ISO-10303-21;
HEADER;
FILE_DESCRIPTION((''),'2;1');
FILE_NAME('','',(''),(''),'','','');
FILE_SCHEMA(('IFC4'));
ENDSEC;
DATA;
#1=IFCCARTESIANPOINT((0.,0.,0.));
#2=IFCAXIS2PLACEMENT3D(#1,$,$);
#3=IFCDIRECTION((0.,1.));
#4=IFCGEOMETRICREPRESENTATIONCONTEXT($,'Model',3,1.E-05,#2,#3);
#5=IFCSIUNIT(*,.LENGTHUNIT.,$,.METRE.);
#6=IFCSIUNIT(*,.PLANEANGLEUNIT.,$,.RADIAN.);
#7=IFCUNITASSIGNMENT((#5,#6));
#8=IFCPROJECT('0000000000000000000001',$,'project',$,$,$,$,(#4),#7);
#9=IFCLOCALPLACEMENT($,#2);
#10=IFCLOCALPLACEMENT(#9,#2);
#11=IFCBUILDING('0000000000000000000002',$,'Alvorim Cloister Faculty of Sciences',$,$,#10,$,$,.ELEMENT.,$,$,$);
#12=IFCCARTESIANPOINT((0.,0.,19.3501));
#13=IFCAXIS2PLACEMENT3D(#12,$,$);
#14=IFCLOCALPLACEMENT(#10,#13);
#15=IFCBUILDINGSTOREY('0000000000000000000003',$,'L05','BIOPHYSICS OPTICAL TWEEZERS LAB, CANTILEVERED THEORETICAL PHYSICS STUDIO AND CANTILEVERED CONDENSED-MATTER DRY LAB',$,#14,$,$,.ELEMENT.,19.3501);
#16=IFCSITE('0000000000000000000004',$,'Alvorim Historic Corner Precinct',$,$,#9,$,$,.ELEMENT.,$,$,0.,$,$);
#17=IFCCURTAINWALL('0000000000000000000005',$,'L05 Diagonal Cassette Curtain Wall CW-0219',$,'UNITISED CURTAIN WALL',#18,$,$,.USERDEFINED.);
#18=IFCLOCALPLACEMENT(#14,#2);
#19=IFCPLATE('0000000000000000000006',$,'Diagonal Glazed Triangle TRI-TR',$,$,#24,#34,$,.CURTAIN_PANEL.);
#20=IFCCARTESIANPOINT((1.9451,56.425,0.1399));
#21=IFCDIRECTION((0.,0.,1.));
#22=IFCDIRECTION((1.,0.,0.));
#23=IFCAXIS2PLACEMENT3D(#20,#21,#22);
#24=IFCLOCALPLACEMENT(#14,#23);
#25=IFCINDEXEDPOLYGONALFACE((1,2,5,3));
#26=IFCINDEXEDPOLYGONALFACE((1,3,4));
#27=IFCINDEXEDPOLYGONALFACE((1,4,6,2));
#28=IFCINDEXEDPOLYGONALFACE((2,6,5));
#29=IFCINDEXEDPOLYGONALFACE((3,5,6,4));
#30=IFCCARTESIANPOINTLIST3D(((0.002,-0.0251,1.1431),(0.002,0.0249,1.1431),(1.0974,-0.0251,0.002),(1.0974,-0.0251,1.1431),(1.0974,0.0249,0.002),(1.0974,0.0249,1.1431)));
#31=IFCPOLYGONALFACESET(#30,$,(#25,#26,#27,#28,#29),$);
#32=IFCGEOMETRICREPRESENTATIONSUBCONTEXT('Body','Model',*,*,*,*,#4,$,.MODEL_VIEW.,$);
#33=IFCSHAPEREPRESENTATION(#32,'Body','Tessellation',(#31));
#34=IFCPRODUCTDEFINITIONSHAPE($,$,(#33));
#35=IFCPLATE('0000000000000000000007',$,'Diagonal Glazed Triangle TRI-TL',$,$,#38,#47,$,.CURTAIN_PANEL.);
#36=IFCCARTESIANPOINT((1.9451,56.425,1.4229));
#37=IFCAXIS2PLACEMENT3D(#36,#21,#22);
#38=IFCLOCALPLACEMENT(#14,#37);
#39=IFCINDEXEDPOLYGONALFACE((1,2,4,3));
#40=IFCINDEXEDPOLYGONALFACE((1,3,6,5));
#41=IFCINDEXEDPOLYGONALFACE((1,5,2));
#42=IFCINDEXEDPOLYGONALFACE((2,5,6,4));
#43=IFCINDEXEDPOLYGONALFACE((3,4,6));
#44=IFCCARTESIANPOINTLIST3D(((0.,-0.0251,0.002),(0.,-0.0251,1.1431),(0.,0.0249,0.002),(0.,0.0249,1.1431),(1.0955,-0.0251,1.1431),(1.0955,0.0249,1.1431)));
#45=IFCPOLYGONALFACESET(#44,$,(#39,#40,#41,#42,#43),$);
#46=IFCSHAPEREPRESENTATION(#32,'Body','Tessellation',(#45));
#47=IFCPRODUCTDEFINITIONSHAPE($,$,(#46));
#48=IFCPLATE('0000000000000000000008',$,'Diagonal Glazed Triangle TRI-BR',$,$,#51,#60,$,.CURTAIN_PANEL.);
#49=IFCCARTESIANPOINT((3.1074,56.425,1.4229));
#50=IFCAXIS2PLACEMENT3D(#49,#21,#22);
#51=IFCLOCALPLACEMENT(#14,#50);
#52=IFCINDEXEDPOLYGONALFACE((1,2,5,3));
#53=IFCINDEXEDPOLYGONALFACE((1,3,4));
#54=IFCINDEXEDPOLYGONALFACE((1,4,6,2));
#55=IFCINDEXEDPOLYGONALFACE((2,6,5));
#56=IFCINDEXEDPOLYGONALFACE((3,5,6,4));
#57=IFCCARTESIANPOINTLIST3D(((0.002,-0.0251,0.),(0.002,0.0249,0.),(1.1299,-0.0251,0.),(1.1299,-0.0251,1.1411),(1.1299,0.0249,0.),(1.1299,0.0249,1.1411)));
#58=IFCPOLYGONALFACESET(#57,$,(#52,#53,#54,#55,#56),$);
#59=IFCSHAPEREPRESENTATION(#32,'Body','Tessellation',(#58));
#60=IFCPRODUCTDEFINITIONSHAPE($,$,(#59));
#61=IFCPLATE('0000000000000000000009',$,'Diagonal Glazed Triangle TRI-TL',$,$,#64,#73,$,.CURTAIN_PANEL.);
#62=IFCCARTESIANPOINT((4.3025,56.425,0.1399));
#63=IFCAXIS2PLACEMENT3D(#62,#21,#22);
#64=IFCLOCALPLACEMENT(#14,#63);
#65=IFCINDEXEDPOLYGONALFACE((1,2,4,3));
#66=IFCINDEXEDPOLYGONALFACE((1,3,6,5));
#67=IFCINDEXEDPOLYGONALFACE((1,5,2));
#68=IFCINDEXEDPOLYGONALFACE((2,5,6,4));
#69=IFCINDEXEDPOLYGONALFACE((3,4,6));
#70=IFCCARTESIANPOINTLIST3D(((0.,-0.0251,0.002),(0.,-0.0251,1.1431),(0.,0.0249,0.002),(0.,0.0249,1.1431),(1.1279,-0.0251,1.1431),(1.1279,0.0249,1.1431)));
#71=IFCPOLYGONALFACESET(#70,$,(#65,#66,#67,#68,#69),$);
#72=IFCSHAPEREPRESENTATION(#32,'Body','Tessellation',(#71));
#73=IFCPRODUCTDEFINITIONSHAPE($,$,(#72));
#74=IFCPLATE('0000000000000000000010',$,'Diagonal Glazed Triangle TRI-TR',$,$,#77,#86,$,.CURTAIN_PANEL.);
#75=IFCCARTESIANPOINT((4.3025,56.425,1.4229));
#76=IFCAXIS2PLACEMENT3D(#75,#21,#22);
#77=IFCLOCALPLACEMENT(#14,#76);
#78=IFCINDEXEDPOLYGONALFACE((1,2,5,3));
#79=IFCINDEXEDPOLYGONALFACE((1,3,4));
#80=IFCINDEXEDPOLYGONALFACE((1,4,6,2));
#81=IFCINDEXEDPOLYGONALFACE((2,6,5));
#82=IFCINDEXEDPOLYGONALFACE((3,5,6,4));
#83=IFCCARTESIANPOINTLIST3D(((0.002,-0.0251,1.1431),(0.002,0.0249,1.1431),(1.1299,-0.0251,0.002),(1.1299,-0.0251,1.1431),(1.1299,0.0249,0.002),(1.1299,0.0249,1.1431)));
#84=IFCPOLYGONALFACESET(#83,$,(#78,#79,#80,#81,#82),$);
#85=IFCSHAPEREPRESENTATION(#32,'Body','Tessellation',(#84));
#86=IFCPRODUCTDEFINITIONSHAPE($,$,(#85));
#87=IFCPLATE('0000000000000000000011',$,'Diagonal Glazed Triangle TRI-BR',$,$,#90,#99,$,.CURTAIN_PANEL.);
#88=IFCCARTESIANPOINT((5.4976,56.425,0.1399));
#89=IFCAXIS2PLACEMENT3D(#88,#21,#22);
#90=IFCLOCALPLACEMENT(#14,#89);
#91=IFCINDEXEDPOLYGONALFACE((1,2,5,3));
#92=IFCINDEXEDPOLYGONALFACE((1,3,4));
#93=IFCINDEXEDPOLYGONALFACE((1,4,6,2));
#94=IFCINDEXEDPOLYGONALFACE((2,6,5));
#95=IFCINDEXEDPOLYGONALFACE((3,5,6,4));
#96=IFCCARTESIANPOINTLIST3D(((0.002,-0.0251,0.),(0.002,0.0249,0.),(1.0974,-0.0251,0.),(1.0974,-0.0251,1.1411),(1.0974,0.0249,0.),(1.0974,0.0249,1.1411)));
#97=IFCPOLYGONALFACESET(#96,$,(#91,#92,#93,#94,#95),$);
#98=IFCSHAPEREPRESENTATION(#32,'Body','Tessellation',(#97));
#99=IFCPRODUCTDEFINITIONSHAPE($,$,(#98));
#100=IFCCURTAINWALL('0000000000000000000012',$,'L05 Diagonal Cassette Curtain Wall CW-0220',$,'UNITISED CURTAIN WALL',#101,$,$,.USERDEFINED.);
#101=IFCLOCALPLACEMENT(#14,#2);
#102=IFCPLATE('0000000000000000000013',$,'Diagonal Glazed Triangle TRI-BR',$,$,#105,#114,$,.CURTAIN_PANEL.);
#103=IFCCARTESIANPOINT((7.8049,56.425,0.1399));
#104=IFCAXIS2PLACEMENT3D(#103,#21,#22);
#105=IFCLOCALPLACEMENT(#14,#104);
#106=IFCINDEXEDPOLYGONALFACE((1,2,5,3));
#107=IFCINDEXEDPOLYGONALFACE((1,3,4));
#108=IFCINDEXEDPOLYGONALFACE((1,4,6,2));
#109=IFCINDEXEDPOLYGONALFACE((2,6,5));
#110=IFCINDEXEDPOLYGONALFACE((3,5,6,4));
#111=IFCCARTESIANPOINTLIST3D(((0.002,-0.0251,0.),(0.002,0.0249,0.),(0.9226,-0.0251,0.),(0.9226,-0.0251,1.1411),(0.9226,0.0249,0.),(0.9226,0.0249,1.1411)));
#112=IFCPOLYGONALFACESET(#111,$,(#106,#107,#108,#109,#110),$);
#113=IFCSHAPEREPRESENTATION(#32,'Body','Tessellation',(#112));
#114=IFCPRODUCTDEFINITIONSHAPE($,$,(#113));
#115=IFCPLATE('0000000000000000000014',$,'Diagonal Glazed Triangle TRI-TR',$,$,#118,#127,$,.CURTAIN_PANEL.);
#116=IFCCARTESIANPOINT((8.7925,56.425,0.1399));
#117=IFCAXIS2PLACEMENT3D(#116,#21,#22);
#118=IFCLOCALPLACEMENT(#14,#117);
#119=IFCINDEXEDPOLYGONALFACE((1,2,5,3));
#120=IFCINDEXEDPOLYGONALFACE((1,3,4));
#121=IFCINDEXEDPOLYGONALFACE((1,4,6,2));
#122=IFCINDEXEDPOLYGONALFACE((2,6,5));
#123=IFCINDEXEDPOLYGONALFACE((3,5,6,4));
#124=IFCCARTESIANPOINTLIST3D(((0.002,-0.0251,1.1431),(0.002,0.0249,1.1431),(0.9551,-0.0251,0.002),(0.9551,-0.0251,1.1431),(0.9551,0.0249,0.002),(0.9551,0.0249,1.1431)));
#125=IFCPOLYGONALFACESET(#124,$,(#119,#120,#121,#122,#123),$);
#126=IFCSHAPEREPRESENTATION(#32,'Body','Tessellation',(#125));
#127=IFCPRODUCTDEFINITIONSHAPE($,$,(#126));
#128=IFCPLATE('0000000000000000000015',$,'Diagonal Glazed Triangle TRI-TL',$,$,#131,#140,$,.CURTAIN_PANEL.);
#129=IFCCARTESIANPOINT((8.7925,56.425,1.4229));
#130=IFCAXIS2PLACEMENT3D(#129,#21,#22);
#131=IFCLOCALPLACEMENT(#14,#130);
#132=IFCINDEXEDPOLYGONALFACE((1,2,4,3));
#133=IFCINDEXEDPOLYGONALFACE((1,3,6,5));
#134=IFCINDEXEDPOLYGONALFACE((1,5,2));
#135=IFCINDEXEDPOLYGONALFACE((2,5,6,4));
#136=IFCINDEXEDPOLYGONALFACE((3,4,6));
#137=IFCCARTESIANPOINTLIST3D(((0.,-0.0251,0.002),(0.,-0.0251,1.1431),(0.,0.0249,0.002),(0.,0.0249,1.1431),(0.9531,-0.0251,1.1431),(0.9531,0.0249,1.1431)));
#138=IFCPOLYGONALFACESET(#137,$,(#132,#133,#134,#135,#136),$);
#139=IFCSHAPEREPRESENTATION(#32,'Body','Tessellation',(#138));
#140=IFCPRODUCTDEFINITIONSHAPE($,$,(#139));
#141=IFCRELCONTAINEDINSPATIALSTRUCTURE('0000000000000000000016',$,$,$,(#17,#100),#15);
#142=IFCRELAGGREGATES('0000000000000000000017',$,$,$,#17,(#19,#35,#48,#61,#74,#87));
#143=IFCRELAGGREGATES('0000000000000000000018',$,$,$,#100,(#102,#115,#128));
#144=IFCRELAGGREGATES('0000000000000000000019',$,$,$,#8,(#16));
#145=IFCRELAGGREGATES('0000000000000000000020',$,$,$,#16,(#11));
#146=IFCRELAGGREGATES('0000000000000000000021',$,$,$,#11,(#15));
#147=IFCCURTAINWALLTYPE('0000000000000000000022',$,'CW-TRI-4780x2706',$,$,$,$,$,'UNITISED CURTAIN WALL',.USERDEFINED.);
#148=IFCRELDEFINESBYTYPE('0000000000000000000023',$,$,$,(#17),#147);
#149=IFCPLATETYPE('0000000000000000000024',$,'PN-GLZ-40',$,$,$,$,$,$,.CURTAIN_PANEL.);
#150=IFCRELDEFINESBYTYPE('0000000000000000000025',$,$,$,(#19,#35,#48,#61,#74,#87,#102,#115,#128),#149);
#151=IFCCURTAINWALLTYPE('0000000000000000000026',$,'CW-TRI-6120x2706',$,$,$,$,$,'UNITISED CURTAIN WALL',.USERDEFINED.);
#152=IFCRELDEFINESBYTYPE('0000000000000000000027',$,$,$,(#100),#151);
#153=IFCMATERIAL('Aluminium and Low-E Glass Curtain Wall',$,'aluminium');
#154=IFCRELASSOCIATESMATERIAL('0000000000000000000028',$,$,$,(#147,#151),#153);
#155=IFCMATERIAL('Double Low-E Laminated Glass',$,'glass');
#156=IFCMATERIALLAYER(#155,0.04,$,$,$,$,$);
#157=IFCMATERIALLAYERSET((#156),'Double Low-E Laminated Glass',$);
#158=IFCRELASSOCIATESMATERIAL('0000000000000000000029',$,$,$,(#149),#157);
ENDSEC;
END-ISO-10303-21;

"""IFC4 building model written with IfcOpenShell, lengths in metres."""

from ifc_helpers import new_model, si_unit, direction, frame, origin, place, context, subcontext, project, spatial, polyline, outline, extrude, material, layer, layer_set, type_object, element, aggregate, save


model = new_model("IFC4")

# Units and contexts
model_context = context("Model", 3, precision=1e-05, world=origin(), true_north=direction((0.0, 1.0)))
body_context = subcontext(model_context, "Body", "Model", "MODEL_VIEW")
ifc_project = project(units=[si_unit("LENGTHUNIT", "METRE"), si_unit("PLANEANGLEUNIT", "RADIAN")], contexts=[model_context])

# Site, building, storey
site_placement = place(None, origin())
site = spatial("IfcSite", under=ifc_project, at=site_placement, Name="Alvorim Historic Corner Precinct", CompositionType="ELEMENT", RefElevation=0.0)
building_placement = place(site_placement, origin())
building = spatial("IfcBuilding", under=site, at=building_placement, Name="Alvorim Cloister Faculty of Sciences", CompositionType="ELEMENT")
storey_placement = place(building_placement, frame((0.0, 0.0, 19.3501)))
storey = spatial("IfcBuildingStorey", under=building, at=storey_placement, Name="L05", Description="BIOPHYSICS OPTICAL TWEEZERS LAB, CANTILEVERED THEORETICAL PHYSICS STUDIO AND CANTILEVERED CONDENSED-MATTER DRY LAB", CompositionType="ELEMENT", Elevation=19.3501)

# Curtain walls, plates
ifc_material_1 = material(Name="Aluminium and Low-E Glass Curtain Wall", Category="aluminium")
curtain_wall_type_1 = type_object("IfcCurtainWallType", Name="CW-TRI-4780x2706", ElementType="UNITISED CURTAIN WALL", PredefinedType="USERDEFINED", material=ifc_material_1)
curtain_wall_1_placement = place(storey_placement, origin())
curtain_wall_1 = element("IfcCurtainWall", 1, at=curtain_wall_1_placement, inside=storey, type_object=curtain_wall_type_1, Name="L05 Diagonal Cassette Curtain Wall CW-0219", ObjectType="UNITISED CURTAIN WALL", PredefinedType="USERDEFINED")
ifc_material_2 = material(Name="Double Low-E Laminated Glass", Category="glass")
ifc_layer_1 = layer(ifc_material_2, 0.04)
ifc_layer_set_1 = layer_set([ifc_layer_1], Name="Double Low-E Laminated Glass")
plate_type = type_object("IfcPlateType", Name="PN-GLZ-40", PredefinedType="CURTAIN_PANEL", material=ifc_layer_set_1)
plate_1_placement = place(storey_placement, frame((1.9451, 56.425, 0.1399), z_axis=(0.0, 0.0, 1.0), x_axis=(1.0, 0.0, 0.0)))
plate_1 = element("IfcPlate", 2, at=plate_1_placement, type_object=plate_type, Name="Diagonal Glazed Triangle TRI-TR", PredefinedType="CURTAIN_PANEL", context=body_context, shape_type="SweptSolid", body=[
    extrude(outline(polyline([(1.0974, 0.002), (1.0974, 1.1431), (0.002, 1.1431), (1.0974, 0.002)])), frame((0.0, 0.0249, 0.0), z_axis=(0.0, -1.0, 0.0), x_axis=(1.0, 0.0, 0.0)), (0.0, 0.0, 1.0), 0.05),
])
plate_2_placement = place(storey_placement, frame((1.9451, 56.425, 1.4229), z_axis=(0.0, 0.0, 1.0), x_axis=(1.0, 0.0, 0.0)))
plate_2 = element("IfcPlate", 3, at=plate_2_placement, type_object=plate_type, Name="Diagonal Glazed Triangle TRI-TL", PredefinedType="CURTAIN_PANEL", context=body_context, shape_type="SweptSolid", body=[
    extrude(outline(polyline([(1.0955, 1.1431), (0.0, 1.1431), (0.0, 0.002), (1.0955, 1.1431)])), frame((0.0, 0.0249, 0.0), z_axis=(0.0, -1.0, 0.0), x_axis=(1.0, 0.0, 0.0)), (0.0, 0.0, 1.0), 0.05),
])
plate_3_placement = place(storey_placement, frame((3.1074, 56.425, 1.4229), z_axis=(0.0, 0.0, 1.0), x_axis=(1.0, 0.0, 0.0)))
plate_3 = element("IfcPlate", 4, at=plate_3_placement, type_object=plate_type, Name="Diagonal Glazed Triangle TRI-BR", PredefinedType="CURTAIN_PANEL", context=body_context, shape_type="SweptSolid", body=[
    extrude(outline(polyline([(0.002, 0.0), (1.1299, 0.0), (1.1299, 1.1411), (0.002, 0.0)])), frame((0.0, 0.0249, 0.0), z_axis=(0.0, -1.0, 0.0), x_axis=(1.0, 0.0, 0.0)), (0.0, 0.0, 1.0), 0.05),
])
plate_4_placement = place(storey_placement, frame((4.3025, 56.425, 0.1399), z_axis=(0.0, 0.0, 1.0), x_axis=(1.0, 0.0, 0.0)))
plate_4 = element("IfcPlate", 5, at=plate_4_placement, type_object=plate_type, Name="Diagonal Glazed Triangle TRI-TL", PredefinedType="CURTAIN_PANEL", context=body_context, shape_type="SweptSolid", body=[
    extrude(outline(polyline([(1.1279, 1.1431), (0.0, 1.1431), (0.0, 0.002), (1.1279, 1.1431)])), frame((0.0, 0.0249, 0.0), z_axis=(0.0, -1.0, 0.0), x_axis=(1.0, 0.0, 0.0)), (0.0, 0.0, 1.0), 0.05),
])
plate_5_placement = place(storey_placement, frame((4.3025, 56.425, 1.4229), z_axis=(0.0, 0.0, 1.0), x_axis=(1.0, 0.0, 0.0)))
plate_5 = element("IfcPlate", 6, at=plate_5_placement, type_object=plate_type, Name="Diagonal Glazed Triangle TRI-TR", PredefinedType="CURTAIN_PANEL", context=body_context, shape_type="SweptSolid", body=[
    extrude(outline(polyline([(1.1299, 0.002), (1.1299, 1.1431), (0.002, 1.1431), (1.1299, 0.002)])), frame((0.0, 0.0249, 0.0), z_axis=(0.0, -1.0, 0.0), x_axis=(1.0, 0.0, 0.0)), (0.0, 0.0, 1.0), 0.05),
])
plate_6_placement = place(storey_placement, frame((5.4976, 56.425, 0.1399), z_axis=(0.0, 0.0, 1.0), x_axis=(1.0, 0.0, 0.0)))
plate_6 = element("IfcPlate", 7, at=plate_6_placement, type_object=plate_type, Name="Diagonal Glazed Triangle TRI-BR", PredefinedType="CURTAIN_PANEL", context=body_context, shape_type="SweptSolid", body=[
    extrude(outline(polyline([(0.002, 0.0), (1.0974, 0.0), (1.0974, 1.1411), (0.002, 0.0)])), frame((0.0, 0.0249, 0.0), z_axis=(0.0, -1.0, 0.0), x_axis=(1.0, 0.0, 0.0)), (0.0, 0.0, 1.0), 0.05),
])
aggregate(curtain_wall_1, [plate_1, plate_2, plate_3, plate_4, plate_5, plate_6])
curtain_wall_type_2 = type_object("IfcCurtainWallType", Name="CW-TRI-6120x2706", ElementType="UNITISED CURTAIN WALL", PredefinedType="USERDEFINED", material=ifc_material_1)
curtain_wall_2_placement = place(storey_placement, origin())
curtain_wall_2 = element("IfcCurtainWall", 8, at=curtain_wall_2_placement, inside=storey, type_object=curtain_wall_type_2, Name="L05 Diagonal Cassette Curtain Wall CW-0220", ObjectType="UNITISED CURTAIN WALL", PredefinedType="USERDEFINED")
plate_7_placement = place(storey_placement, frame((7.8049, 56.425, 0.1399), z_axis=(0.0, 0.0, 1.0), x_axis=(1.0, 0.0, 0.0)))
plate_7 = element("IfcPlate", 9, at=plate_7_placement, type_object=plate_type, Name="Diagonal Glazed Triangle TRI-BR", PredefinedType="CURTAIN_PANEL", context=body_context, shape_type="SweptSolid", body=[
    extrude(outline(polyline([(0.002, 0.0), (0.9226, 0.0), (0.9226, 1.1411), (0.002, 0.0)])), frame((0.0, 0.0249, 0.0), z_axis=(0.0, -1.0, 0.0), x_axis=(1.0, 0.0, 0.0)), (0.0, 0.0, 1.0), 0.05),
])
plate_8_placement = place(storey_placement, frame((8.7925, 56.425, 0.1399), z_axis=(0.0, 0.0, 1.0), x_axis=(1.0, 0.0, 0.0)))
plate_8 = element("IfcPlate", 10, at=plate_8_placement, type_object=plate_type, Name="Diagonal Glazed Triangle TRI-TR", PredefinedType="CURTAIN_PANEL", context=body_context, shape_type="SweptSolid", body=[
    extrude(outline(polyline([(0.9551, 0.002), (0.9551, 1.1431), (0.002, 1.1431), (0.9551, 0.002)])), frame((0.0, 0.0249, 0.0), z_axis=(0.0, -1.0, 0.0), x_axis=(1.0, 0.0, 0.0)), (0.0, 0.0, 1.0), 0.05),
])
plate_9_placement = place(storey_placement, frame((8.7925, 56.425, 1.4229), z_axis=(0.0, 0.0, 1.0), x_axis=(1.0, 0.0, 0.0)))
plate_9 = element("IfcPlate", 11, at=plate_9_placement, type_object=plate_type, Name="Diagonal Glazed Triangle TRI-TL", PredefinedType="CURTAIN_PANEL", context=body_context, shape_type="SweptSolid", body=[
    extrude(outline(polyline([(0.9531, 1.1431), (0.0, 1.1431), (0.0, 0.002), (0.9531, 1.1431)])), frame((0.0, 0.0249, 0.0), z_axis=(0.0, -1.0, 0.0), x_axis=(1.0, 0.0, 0.0)), (0.0, 0.0, 1.0), 0.05),
])
aggregate(curtain_wall_2, [plate_7, plate_8, plate_9])

save(model, "model.ifc")
